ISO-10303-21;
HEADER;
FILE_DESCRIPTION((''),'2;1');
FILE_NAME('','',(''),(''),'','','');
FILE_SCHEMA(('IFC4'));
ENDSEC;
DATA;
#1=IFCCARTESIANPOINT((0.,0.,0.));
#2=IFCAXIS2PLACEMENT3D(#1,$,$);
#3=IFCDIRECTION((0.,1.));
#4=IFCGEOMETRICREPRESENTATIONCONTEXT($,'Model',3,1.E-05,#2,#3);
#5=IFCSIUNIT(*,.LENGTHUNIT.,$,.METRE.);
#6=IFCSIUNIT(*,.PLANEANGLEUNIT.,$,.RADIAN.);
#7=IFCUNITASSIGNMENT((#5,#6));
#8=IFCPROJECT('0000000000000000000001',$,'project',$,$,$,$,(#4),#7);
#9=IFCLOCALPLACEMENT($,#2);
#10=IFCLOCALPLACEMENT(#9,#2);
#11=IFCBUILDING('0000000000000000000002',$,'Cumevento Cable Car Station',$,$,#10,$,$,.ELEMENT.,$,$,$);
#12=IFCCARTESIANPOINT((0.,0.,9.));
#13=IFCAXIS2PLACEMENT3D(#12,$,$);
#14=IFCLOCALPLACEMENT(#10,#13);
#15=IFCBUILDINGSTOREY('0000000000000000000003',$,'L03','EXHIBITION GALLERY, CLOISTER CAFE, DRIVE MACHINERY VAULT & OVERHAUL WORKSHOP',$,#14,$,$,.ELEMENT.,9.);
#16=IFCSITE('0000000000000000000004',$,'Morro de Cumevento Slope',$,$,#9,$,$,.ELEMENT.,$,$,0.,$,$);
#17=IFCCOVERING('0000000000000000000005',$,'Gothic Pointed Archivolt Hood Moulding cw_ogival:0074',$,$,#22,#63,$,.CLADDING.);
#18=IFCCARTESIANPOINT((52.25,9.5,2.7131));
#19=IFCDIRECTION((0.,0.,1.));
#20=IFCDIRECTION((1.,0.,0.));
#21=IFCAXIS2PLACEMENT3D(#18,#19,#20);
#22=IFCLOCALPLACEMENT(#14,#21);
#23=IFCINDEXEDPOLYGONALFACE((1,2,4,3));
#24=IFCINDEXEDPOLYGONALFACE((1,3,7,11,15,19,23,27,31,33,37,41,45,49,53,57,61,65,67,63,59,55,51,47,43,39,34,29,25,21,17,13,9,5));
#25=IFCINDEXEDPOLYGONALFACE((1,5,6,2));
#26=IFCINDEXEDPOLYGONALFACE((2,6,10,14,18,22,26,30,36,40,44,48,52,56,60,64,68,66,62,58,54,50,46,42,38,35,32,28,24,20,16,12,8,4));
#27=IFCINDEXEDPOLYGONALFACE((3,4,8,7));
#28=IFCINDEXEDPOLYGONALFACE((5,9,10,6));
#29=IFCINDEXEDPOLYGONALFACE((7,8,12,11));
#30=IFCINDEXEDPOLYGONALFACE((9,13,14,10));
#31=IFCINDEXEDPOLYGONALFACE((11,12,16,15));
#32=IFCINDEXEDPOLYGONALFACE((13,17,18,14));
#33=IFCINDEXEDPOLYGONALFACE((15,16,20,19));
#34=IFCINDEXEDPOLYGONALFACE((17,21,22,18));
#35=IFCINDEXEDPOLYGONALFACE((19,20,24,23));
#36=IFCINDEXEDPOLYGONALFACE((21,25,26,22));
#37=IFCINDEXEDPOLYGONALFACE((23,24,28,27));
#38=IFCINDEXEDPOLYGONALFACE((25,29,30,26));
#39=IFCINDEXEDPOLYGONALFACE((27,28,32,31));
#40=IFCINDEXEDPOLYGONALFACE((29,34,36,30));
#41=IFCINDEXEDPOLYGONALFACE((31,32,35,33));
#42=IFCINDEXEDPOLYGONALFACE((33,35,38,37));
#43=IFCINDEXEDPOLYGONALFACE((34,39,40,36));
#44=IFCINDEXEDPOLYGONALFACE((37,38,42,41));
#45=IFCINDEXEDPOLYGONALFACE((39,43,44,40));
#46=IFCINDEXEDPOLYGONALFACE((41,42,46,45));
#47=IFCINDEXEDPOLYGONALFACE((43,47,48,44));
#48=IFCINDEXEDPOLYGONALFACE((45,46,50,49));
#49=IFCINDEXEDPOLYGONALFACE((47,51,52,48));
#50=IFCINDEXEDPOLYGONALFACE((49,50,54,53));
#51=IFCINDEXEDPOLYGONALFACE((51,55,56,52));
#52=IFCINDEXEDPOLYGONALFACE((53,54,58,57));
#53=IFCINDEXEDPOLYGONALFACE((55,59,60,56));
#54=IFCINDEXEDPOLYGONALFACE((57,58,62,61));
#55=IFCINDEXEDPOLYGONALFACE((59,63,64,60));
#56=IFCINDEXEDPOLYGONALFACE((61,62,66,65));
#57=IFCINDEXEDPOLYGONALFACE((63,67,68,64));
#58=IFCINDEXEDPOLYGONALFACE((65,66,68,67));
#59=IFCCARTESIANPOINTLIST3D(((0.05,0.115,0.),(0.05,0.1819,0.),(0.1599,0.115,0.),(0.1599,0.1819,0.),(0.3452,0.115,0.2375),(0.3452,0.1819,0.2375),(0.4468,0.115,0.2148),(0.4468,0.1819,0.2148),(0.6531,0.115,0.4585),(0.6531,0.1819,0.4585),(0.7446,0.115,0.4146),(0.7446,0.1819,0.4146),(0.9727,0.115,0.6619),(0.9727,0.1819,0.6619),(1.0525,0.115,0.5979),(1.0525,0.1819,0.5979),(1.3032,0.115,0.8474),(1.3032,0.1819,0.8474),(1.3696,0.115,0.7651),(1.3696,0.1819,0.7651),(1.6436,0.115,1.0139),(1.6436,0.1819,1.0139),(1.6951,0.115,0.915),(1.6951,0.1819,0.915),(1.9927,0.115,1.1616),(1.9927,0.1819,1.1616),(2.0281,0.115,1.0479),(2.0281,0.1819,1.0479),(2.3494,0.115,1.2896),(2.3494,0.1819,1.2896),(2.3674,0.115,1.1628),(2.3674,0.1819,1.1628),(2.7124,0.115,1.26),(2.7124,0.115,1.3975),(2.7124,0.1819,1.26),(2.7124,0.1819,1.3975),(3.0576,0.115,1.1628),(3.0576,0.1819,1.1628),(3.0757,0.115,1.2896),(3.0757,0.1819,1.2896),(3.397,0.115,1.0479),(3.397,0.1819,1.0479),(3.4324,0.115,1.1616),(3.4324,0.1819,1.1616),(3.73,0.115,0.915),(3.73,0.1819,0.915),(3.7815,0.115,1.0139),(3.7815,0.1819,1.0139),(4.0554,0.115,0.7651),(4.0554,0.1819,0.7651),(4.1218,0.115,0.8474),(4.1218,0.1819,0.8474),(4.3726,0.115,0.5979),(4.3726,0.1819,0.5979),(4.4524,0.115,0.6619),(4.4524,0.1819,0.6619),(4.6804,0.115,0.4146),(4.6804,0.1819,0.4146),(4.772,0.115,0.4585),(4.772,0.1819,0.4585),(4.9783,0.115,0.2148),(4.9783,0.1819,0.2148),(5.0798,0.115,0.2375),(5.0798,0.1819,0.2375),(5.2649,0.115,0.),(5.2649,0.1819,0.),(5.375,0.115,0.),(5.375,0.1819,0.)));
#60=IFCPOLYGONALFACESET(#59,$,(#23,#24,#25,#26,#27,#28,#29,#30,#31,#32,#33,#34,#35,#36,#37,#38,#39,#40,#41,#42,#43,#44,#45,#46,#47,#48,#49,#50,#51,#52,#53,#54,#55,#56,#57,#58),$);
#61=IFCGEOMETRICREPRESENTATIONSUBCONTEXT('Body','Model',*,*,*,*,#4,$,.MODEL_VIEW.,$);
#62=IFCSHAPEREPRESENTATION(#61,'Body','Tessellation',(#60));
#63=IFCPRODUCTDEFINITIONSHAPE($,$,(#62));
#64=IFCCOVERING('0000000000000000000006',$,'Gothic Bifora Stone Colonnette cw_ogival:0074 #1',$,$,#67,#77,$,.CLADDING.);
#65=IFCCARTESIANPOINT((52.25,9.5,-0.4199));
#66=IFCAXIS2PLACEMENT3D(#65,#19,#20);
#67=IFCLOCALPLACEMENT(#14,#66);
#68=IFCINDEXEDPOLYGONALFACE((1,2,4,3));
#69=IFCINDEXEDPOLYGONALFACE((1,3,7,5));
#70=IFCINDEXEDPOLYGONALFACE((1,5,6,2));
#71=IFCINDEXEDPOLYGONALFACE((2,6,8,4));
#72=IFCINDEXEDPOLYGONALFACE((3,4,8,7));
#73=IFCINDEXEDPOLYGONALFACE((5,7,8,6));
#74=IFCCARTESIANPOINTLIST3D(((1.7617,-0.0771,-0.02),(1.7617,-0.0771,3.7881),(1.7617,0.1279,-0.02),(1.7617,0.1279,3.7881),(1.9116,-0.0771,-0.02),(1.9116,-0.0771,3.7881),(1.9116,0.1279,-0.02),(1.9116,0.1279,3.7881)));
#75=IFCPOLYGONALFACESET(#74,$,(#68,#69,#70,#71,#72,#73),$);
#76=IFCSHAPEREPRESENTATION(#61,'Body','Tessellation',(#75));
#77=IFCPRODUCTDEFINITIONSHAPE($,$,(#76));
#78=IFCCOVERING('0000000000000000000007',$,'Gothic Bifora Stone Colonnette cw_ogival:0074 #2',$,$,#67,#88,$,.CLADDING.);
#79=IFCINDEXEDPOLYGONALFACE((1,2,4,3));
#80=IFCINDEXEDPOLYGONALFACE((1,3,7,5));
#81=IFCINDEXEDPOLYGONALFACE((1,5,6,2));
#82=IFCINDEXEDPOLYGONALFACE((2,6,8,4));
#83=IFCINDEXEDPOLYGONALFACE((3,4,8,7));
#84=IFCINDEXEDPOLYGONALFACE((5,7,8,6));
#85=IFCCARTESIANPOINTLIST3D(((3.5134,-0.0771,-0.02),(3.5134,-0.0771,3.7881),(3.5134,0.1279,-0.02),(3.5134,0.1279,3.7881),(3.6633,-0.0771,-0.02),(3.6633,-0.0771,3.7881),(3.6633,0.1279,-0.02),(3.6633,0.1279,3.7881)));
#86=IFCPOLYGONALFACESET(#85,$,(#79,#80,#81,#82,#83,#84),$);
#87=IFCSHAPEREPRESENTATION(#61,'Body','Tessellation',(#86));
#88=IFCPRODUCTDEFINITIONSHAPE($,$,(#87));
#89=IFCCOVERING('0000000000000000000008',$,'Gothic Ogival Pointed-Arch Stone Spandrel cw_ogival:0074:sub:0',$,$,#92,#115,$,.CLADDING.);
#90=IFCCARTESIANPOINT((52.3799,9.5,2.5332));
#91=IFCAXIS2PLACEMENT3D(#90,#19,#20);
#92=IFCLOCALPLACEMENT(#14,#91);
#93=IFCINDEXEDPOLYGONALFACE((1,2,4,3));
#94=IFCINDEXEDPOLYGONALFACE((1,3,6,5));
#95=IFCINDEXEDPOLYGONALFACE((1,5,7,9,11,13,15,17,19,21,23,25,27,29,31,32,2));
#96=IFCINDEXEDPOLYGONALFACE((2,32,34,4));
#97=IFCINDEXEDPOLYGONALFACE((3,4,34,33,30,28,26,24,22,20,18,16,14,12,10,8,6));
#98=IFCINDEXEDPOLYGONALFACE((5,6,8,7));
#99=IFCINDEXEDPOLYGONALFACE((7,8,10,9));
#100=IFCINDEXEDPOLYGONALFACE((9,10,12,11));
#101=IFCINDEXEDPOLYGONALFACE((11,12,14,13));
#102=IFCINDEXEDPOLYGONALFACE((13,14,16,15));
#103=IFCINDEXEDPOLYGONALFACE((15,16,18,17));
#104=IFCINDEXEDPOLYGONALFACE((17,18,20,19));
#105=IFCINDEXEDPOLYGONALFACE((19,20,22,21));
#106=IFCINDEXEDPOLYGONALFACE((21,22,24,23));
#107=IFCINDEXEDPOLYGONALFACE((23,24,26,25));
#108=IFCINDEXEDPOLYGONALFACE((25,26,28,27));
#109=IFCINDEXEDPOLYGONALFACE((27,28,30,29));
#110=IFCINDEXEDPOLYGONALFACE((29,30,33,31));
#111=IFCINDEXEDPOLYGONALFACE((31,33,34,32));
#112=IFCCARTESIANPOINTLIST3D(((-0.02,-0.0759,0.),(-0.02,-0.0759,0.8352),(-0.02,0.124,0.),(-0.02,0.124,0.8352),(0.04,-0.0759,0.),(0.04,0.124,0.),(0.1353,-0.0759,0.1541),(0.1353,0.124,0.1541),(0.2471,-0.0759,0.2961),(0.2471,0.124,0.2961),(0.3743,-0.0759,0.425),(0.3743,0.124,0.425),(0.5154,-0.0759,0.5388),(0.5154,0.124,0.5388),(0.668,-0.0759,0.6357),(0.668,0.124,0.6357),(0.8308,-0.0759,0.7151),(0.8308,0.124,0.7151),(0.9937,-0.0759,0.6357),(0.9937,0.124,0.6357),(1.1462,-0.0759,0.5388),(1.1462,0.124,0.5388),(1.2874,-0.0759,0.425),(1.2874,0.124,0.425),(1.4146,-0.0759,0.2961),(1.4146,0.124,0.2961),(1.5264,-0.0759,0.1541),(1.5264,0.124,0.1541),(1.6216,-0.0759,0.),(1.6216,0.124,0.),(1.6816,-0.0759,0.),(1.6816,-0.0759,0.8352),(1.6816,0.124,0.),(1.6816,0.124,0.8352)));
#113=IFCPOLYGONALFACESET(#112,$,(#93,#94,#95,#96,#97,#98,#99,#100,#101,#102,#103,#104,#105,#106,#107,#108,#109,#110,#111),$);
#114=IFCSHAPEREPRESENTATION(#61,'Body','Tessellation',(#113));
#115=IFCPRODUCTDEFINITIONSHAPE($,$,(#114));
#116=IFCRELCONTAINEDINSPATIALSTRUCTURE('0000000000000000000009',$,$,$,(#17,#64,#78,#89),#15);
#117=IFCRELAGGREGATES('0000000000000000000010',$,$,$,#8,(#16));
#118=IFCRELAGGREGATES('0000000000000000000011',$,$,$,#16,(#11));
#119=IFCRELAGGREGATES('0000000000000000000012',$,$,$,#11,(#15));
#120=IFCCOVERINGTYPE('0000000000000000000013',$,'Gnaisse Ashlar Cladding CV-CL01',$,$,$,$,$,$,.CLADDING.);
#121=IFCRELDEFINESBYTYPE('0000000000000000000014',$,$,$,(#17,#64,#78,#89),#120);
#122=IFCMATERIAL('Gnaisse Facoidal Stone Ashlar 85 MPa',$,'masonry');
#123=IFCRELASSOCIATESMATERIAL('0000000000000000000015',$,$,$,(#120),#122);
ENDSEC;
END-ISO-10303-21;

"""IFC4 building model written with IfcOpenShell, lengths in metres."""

from ifc_helpers import new_model, si_unit, direction, frame, origin, place, context, subcontext, project, spatial, polyline, outline, extrude, material, type_object, element, save


model = new_model("IFC4")

# Units and contexts
model_context = context("Model", 3, precision=1e-05, world=origin(), true_north=direction((0.0, 1.0)))
body_context = subcontext(model_context, "Body", "Model", "MODEL_VIEW")
ifc_project = project(units=[si_unit("LENGTHUNIT", "METRE"), si_unit("PLANEANGLEUNIT", "RADIAN")], contexts=[model_context])

# Site, building, storey
site_placement = place(None, origin())
site = spatial("IfcSite", under=ifc_project, at=site_placement, Name="Morro de Cumevento Slope", CompositionType="ELEMENT", RefElevation=0.0)
building_placement = place(site_placement, origin())
building = spatial("IfcBuilding", under=site, at=building_placement, Name="Cumevento Cable Car Station", CompositionType="ELEMENT")
storey_placement = place(building_placement, frame((0.0, 0.0, 9.0)))
storey = spatial("IfcBuildingStorey", under=building, at=storey_placement, Name="L03", Description="EXHIBITION GALLERY, CLOISTER CAFE, DRIVE MACHINERY VAULT & OVERHAUL WORKSHOP", CompositionType="ELEMENT", Elevation=9.0)

# Coverings
ifc_material_1 = material(Name="Gnaisse Facoidal Stone Ashlar 85 MPa", Category="masonry")
covering_type = type_object("IfcCoveringType", Name="Gnaisse Ashlar Cladding CV-CL01", PredefinedType="CLADDING", material=ifc_material_1)
placement_1 = place(storey_placement, frame((52.25, 9.5, -0.4199), z_axis=(0.0, 0.0, 1.0), x_axis=(1.0, 0.0, 0.0)))
covering_1_placement = place(storey_placement, frame((52.25, 9.5, 2.7131), z_axis=(0.0, 0.0, 1.0), x_axis=(1.0, 0.0, 0.0)))
element("IfcCovering", 1, at=covering_1_placement, inside=storey, type_object=covering_type, Name="Gothic Pointed Archivolt Hood Moulding cw_ogival:0074", PredefinedType="CLADDING", context=body_context, shape_type="SweptSolid", body=[
    extrude(outline(polyline([(0.1599, 0.0), (0.4468, 0.2148), (0.7446, 0.4146), (1.0525, 0.5979), (1.3696, 0.7651), (1.6951, 0.915), (2.0281, 1.0479), (2.3674, 1.1628), (2.7124, 1.26), (3.0576, 1.1628), (3.397, 1.0479), (3.73, 0.915), (4.0554, 0.7651), (4.3726, 0.5979), (4.6804, 0.4146), (4.9783, 0.2148), (5.2649, 0.0), (5.375, 0.0), (5.0798, 0.2375), (4.772, 0.4585), (4.4524, 0.6619), (4.1218, 0.8474), (3.7815, 1.0139), (3.4324, 1.1616), (3.0757, 1.2896), (2.7124, 1.3975), (2.3494, 1.2896), (1.9927, 1.1616), (1.6436, 1.0139), (1.3032, 0.8474), (0.9727, 0.6619), (0.6531, 0.4585), (0.3452, 0.2375), (0.05, 0.0), (0.1599, 0.0)])), frame((0.0, 0.1819, 0.0), z_axis=(0.0, -1.0, 0.0), x_axis=(1.0, 0.0, 0.0)), (0.0, 0.0, 1.0), 0.0669),
])
element("IfcCovering", 2, at=placement_1, inside=storey, type_object=covering_type, Name="Gothic Bifora Stone Colonnette cw_ogival:0074 #1", PredefinedType="CLADDING", context=body_context, shape_type="SweptSolid", body=[
    extrude(outline(polyline([(1.7617, -0.02), (1.9116, -0.02), (1.9116, 3.7881), (1.7617, 3.7881), (1.7617, -0.02)])), frame((0.0, 0.1279, 0.0), z_axis=(0.0, -1.0, 0.0), x_axis=(1.0, 0.0, 0.0)), (0.0, 0.0, 1.0), 0.2051),
])
element("IfcCovering", 3, at=placement_1, inside=storey, type_object=covering_type, Name="Gothic Bifora Stone Colonnette cw_ogival:0074 #2", PredefinedType="CLADDING", context=body_context, shape_type="SweptSolid", body=[
    extrude(outline(polyline([(3.5134, -0.02), (3.6633, -0.02), (3.6633, 3.7881), (3.5134, 3.7881), (3.5134, -0.02)])), frame((0.0, 0.1279, 0.0), z_axis=(0.0, -1.0, 0.0), x_axis=(1.0, 0.0, 0.0)), (0.0, 0.0, 1.0), 0.2051),
])
covering_2_placement = place(storey_placement, frame((52.3799, 9.5, 2.5332), z_axis=(0.0, 0.0, 1.0), x_axis=(1.0, 0.0, 0.0)))
element("IfcCovering", 4, at=covering_2_placement, inside=storey, type_object=covering_type, Name="Gothic Ogival Pointed-Arch Stone Spandrel cw_ogival:0074:sub:0", PredefinedType="CLADDING", context=body_context, shape_type="SweptSolid", body=[
    extrude(outline(polyline([(-0.02, 0.0), (-0.02, 0.8352), (1.6816, 0.8352), (1.6816, 0.0), (1.6216, 0.0), (1.5264, 0.1541), (1.4146, 0.2961), (1.2874, 0.425), (1.1462, 0.5388), (0.9937, 0.6357), (0.8308, 0.7151), (0.668, 0.6357), (0.5154, 0.5388), (0.3743, 0.425), (0.2471, 0.2961), (0.1353, 0.1541), (0.04, 0.0), (-0.02, 0.0)])), frame((0.0, 0.124, 0.0), z_axis=(0.0, -1.0, 0.0), x_axis=(1.0, 0.0, 0.0)), (0.0, 0.0, 1.0), 0.2),
])

save(model, "model.ifc")
